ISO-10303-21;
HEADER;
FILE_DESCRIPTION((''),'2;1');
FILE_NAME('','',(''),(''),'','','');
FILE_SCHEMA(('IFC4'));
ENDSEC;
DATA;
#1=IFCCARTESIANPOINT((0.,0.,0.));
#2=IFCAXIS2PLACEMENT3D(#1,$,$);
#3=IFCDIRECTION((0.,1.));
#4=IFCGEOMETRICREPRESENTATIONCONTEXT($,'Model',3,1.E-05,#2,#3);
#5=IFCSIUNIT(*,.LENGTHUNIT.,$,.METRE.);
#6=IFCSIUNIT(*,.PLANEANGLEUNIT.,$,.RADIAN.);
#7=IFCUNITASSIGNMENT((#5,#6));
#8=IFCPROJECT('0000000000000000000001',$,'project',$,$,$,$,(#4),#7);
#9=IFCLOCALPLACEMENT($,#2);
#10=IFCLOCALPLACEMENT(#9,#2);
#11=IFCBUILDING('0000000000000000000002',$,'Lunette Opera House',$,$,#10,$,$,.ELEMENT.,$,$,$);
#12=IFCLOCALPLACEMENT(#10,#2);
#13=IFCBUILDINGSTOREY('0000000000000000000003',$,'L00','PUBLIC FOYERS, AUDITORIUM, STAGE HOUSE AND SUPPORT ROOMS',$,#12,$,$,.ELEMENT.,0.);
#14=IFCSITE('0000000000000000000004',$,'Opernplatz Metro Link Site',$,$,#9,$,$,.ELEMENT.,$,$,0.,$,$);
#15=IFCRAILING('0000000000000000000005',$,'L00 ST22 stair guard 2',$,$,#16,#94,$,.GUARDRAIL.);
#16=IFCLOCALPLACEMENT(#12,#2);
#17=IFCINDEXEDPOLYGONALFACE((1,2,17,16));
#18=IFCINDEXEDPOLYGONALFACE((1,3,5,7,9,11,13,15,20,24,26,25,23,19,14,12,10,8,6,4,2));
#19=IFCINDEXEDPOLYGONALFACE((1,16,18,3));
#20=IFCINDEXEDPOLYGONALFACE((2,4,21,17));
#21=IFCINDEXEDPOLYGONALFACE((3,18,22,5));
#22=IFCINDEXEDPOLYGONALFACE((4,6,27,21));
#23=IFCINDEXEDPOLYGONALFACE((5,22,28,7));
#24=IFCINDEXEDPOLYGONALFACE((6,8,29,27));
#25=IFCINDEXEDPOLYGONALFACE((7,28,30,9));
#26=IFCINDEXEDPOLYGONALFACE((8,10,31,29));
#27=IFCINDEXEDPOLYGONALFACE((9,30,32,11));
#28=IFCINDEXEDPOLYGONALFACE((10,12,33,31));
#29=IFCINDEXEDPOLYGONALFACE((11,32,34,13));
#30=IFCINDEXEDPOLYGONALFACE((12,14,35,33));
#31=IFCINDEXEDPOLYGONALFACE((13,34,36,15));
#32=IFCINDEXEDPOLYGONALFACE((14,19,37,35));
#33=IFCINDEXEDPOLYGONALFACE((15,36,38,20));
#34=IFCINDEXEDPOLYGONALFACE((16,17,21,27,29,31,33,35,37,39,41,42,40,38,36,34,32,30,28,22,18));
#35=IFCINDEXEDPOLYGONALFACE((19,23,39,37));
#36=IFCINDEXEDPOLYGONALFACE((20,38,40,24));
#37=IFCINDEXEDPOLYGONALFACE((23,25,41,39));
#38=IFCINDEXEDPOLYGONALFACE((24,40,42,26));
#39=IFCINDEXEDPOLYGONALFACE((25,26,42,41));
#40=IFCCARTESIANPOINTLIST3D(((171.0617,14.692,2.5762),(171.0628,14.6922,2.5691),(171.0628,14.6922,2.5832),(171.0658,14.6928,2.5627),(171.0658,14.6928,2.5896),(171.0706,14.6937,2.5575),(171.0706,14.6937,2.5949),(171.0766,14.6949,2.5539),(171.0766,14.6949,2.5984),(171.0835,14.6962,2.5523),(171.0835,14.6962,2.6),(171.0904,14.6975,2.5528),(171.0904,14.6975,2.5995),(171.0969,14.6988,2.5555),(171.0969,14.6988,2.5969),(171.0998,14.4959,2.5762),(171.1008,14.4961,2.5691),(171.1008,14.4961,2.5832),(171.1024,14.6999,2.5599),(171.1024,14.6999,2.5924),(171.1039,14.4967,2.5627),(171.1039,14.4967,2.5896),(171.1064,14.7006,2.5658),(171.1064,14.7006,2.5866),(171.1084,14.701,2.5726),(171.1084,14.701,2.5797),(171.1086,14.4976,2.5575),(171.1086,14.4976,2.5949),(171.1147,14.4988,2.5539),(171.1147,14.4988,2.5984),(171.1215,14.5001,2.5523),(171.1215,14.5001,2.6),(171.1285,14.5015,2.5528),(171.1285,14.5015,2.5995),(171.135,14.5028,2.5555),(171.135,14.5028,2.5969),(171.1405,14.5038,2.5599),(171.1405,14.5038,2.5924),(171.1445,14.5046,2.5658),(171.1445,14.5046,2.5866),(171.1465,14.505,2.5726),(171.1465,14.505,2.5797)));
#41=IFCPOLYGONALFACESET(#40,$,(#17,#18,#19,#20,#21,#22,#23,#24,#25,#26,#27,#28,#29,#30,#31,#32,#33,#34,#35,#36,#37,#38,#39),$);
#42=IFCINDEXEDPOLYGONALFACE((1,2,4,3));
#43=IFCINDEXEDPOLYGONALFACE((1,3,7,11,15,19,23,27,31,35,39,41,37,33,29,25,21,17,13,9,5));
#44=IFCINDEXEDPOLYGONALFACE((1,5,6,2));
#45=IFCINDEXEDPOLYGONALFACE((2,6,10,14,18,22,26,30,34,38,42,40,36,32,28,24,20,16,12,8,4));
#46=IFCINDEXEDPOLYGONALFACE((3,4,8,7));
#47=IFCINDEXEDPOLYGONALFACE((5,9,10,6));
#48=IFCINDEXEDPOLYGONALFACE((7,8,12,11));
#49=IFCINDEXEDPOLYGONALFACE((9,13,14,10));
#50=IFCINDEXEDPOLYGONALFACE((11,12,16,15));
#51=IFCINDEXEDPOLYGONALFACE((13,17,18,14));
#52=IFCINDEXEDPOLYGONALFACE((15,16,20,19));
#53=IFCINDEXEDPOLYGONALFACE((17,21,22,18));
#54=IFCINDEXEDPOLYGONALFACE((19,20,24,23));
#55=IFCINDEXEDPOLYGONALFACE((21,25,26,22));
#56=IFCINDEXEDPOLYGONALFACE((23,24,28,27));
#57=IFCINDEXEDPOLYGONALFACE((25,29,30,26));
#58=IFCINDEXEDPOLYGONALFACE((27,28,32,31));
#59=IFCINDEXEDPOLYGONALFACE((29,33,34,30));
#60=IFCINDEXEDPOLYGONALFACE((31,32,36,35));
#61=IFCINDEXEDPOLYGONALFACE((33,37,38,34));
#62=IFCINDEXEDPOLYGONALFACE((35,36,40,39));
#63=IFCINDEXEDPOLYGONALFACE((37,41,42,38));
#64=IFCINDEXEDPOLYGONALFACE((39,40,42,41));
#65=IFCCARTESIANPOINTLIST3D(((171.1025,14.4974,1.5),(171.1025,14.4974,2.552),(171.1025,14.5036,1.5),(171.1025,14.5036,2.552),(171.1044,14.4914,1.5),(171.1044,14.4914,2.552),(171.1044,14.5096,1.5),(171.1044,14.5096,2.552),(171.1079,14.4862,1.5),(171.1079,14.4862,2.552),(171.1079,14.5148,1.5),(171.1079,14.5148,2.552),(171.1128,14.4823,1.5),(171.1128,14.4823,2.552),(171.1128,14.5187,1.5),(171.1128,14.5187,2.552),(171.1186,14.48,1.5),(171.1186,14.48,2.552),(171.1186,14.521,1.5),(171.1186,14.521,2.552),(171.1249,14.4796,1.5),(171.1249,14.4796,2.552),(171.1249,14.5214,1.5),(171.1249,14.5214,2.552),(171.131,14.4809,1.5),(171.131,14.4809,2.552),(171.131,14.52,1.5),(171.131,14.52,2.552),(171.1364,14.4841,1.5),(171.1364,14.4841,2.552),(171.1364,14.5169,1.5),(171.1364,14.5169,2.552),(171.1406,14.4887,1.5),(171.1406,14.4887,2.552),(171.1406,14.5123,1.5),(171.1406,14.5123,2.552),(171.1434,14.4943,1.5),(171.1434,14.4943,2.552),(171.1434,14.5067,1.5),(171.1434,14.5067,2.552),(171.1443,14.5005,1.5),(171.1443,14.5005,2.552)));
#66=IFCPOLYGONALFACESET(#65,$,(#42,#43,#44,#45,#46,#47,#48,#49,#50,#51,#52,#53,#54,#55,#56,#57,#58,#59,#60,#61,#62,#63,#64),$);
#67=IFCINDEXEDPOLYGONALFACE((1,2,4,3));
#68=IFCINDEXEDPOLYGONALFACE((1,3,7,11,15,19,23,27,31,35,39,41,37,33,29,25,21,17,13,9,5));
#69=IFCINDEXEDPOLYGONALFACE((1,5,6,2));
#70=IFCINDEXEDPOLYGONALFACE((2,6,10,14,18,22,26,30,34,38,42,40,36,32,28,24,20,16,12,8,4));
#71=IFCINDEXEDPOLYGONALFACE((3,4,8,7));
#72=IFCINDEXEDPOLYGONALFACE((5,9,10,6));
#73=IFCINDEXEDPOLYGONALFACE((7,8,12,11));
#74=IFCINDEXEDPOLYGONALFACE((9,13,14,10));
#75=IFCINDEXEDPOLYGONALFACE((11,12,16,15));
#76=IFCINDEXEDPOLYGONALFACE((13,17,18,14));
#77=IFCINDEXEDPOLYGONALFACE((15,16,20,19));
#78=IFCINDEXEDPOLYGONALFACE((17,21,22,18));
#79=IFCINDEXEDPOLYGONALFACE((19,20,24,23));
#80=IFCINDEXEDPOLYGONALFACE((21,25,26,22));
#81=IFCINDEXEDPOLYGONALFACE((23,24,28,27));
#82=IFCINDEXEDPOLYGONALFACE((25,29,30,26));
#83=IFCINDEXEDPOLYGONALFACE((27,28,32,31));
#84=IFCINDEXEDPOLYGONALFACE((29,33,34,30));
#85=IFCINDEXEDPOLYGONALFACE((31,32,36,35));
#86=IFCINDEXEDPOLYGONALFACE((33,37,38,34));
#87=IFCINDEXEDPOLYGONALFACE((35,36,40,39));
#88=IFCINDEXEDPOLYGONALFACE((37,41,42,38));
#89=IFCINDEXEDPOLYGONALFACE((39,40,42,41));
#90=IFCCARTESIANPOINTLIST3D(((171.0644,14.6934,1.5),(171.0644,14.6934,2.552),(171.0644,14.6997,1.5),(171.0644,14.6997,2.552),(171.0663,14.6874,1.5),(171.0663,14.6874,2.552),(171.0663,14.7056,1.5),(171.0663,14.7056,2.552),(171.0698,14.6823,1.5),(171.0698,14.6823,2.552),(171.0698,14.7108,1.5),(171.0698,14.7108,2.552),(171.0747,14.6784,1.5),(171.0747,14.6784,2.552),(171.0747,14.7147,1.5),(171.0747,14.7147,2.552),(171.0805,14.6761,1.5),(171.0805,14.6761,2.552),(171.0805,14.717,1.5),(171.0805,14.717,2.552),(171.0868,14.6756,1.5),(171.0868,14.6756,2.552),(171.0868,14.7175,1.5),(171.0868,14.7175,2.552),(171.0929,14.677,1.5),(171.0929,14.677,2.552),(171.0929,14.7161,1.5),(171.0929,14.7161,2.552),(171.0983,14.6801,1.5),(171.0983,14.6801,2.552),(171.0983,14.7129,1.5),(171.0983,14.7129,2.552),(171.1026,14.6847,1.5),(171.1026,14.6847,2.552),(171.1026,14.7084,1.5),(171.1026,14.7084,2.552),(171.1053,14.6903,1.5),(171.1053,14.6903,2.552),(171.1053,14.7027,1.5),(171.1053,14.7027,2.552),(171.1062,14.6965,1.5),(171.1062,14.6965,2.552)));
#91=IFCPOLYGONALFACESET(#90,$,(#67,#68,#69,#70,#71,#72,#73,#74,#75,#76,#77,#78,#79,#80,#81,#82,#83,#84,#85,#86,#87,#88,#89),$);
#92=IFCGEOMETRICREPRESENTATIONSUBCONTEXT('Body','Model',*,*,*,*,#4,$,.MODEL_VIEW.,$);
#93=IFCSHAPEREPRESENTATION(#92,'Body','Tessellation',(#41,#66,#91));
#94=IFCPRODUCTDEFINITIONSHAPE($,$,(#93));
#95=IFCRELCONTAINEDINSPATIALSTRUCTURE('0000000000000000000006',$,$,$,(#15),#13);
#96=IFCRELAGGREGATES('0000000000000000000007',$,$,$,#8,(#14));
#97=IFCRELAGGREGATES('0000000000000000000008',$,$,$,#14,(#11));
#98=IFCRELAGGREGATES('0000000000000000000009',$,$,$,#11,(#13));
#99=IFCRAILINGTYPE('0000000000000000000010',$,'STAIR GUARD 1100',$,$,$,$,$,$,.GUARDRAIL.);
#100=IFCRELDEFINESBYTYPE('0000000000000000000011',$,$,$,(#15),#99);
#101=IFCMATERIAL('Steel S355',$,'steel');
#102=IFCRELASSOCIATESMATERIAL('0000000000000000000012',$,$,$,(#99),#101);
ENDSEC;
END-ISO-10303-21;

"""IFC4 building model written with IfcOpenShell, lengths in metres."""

from ifc_helpers import new_model, si_unit, direction, frame, origin, origin_2d, place, context, subcontext, project, spatial, circle, extrude, material, type_object, element, save


model = new_model("IFC4")

# Units and contexts
model_context = context("Model", 3, precision=1e-05, world=origin(), true_north=direction((0.0, 1.0)))
body_context = subcontext(model_context, "Body", "Model", "MODEL_VIEW")
ifc_project = project(units=[si_unit("LENGTHUNIT", "METRE"), si_unit("PLANEANGLEUNIT", "RADIAN")], contexts=[model_context])

# Site, building, storey
site_placement = place(None, origin())
site = spatial("IfcSite", under=ifc_project, at=site_placement, Name="Opernplatz Metro Link Site", CompositionType="ELEMENT", RefElevation=0.0)
building_placement = place(site_placement, origin())
building = spatial("IfcBuilding", under=site, at=building_placement, Name="Lunette Opera House", CompositionType="ELEMENT")
storey_placement = place(building_placement, origin())
storey = spatial("IfcBuildingStorey", under=building, at=storey_placement, Name="L00", Description="PUBLIC FOYERS, AUDITORIUM, STAGE HOUSE AND SUPPORT ROOMS", CompositionType="ELEMENT", Elevation=0.0)

# Railing
ifc_material_1 = material(Name="Steel S355", Category="steel")
railing_type_1 = type_object("IfcRailingType", Name="STAIR GUARD 1100", PredefinedType="GUARDRAIL", material=ifc_material_1)
railing_1_placement = place(storey_placement, frame((171.1233, 14.5005, 1.5)))
element("IfcRailing", 1, at=railing_1_placement, inside=storey, type_object=railing_type_1, Name="L00 ST22 stair guard 2", PredefinedType="GUARDRAIL", context=body_context, shape_type="SweptSolid", body=[
    extrude(circle(Radius=0.0239, at=origin_2d()), frame((0.0, 0.0, 1.0762), z_axis=(-0.190706, 0.981647, 0.0), x_axis=(-0.981647, -0.190706, 0.0)), (0.0, 0.0, 1.0), 0.1997),
    extrude(circle(Radius=0.021, at=origin_2d()), origin(), (0.0, 0.0, 1.0), 1.052),
    extrude(circle(Radius=0.021, at=origin_2d()), frame((-0.0381, 0.196, 0.0)), (0.0, 0.0, 1.0), 1.052),
])

save(model, "model.ifc")
